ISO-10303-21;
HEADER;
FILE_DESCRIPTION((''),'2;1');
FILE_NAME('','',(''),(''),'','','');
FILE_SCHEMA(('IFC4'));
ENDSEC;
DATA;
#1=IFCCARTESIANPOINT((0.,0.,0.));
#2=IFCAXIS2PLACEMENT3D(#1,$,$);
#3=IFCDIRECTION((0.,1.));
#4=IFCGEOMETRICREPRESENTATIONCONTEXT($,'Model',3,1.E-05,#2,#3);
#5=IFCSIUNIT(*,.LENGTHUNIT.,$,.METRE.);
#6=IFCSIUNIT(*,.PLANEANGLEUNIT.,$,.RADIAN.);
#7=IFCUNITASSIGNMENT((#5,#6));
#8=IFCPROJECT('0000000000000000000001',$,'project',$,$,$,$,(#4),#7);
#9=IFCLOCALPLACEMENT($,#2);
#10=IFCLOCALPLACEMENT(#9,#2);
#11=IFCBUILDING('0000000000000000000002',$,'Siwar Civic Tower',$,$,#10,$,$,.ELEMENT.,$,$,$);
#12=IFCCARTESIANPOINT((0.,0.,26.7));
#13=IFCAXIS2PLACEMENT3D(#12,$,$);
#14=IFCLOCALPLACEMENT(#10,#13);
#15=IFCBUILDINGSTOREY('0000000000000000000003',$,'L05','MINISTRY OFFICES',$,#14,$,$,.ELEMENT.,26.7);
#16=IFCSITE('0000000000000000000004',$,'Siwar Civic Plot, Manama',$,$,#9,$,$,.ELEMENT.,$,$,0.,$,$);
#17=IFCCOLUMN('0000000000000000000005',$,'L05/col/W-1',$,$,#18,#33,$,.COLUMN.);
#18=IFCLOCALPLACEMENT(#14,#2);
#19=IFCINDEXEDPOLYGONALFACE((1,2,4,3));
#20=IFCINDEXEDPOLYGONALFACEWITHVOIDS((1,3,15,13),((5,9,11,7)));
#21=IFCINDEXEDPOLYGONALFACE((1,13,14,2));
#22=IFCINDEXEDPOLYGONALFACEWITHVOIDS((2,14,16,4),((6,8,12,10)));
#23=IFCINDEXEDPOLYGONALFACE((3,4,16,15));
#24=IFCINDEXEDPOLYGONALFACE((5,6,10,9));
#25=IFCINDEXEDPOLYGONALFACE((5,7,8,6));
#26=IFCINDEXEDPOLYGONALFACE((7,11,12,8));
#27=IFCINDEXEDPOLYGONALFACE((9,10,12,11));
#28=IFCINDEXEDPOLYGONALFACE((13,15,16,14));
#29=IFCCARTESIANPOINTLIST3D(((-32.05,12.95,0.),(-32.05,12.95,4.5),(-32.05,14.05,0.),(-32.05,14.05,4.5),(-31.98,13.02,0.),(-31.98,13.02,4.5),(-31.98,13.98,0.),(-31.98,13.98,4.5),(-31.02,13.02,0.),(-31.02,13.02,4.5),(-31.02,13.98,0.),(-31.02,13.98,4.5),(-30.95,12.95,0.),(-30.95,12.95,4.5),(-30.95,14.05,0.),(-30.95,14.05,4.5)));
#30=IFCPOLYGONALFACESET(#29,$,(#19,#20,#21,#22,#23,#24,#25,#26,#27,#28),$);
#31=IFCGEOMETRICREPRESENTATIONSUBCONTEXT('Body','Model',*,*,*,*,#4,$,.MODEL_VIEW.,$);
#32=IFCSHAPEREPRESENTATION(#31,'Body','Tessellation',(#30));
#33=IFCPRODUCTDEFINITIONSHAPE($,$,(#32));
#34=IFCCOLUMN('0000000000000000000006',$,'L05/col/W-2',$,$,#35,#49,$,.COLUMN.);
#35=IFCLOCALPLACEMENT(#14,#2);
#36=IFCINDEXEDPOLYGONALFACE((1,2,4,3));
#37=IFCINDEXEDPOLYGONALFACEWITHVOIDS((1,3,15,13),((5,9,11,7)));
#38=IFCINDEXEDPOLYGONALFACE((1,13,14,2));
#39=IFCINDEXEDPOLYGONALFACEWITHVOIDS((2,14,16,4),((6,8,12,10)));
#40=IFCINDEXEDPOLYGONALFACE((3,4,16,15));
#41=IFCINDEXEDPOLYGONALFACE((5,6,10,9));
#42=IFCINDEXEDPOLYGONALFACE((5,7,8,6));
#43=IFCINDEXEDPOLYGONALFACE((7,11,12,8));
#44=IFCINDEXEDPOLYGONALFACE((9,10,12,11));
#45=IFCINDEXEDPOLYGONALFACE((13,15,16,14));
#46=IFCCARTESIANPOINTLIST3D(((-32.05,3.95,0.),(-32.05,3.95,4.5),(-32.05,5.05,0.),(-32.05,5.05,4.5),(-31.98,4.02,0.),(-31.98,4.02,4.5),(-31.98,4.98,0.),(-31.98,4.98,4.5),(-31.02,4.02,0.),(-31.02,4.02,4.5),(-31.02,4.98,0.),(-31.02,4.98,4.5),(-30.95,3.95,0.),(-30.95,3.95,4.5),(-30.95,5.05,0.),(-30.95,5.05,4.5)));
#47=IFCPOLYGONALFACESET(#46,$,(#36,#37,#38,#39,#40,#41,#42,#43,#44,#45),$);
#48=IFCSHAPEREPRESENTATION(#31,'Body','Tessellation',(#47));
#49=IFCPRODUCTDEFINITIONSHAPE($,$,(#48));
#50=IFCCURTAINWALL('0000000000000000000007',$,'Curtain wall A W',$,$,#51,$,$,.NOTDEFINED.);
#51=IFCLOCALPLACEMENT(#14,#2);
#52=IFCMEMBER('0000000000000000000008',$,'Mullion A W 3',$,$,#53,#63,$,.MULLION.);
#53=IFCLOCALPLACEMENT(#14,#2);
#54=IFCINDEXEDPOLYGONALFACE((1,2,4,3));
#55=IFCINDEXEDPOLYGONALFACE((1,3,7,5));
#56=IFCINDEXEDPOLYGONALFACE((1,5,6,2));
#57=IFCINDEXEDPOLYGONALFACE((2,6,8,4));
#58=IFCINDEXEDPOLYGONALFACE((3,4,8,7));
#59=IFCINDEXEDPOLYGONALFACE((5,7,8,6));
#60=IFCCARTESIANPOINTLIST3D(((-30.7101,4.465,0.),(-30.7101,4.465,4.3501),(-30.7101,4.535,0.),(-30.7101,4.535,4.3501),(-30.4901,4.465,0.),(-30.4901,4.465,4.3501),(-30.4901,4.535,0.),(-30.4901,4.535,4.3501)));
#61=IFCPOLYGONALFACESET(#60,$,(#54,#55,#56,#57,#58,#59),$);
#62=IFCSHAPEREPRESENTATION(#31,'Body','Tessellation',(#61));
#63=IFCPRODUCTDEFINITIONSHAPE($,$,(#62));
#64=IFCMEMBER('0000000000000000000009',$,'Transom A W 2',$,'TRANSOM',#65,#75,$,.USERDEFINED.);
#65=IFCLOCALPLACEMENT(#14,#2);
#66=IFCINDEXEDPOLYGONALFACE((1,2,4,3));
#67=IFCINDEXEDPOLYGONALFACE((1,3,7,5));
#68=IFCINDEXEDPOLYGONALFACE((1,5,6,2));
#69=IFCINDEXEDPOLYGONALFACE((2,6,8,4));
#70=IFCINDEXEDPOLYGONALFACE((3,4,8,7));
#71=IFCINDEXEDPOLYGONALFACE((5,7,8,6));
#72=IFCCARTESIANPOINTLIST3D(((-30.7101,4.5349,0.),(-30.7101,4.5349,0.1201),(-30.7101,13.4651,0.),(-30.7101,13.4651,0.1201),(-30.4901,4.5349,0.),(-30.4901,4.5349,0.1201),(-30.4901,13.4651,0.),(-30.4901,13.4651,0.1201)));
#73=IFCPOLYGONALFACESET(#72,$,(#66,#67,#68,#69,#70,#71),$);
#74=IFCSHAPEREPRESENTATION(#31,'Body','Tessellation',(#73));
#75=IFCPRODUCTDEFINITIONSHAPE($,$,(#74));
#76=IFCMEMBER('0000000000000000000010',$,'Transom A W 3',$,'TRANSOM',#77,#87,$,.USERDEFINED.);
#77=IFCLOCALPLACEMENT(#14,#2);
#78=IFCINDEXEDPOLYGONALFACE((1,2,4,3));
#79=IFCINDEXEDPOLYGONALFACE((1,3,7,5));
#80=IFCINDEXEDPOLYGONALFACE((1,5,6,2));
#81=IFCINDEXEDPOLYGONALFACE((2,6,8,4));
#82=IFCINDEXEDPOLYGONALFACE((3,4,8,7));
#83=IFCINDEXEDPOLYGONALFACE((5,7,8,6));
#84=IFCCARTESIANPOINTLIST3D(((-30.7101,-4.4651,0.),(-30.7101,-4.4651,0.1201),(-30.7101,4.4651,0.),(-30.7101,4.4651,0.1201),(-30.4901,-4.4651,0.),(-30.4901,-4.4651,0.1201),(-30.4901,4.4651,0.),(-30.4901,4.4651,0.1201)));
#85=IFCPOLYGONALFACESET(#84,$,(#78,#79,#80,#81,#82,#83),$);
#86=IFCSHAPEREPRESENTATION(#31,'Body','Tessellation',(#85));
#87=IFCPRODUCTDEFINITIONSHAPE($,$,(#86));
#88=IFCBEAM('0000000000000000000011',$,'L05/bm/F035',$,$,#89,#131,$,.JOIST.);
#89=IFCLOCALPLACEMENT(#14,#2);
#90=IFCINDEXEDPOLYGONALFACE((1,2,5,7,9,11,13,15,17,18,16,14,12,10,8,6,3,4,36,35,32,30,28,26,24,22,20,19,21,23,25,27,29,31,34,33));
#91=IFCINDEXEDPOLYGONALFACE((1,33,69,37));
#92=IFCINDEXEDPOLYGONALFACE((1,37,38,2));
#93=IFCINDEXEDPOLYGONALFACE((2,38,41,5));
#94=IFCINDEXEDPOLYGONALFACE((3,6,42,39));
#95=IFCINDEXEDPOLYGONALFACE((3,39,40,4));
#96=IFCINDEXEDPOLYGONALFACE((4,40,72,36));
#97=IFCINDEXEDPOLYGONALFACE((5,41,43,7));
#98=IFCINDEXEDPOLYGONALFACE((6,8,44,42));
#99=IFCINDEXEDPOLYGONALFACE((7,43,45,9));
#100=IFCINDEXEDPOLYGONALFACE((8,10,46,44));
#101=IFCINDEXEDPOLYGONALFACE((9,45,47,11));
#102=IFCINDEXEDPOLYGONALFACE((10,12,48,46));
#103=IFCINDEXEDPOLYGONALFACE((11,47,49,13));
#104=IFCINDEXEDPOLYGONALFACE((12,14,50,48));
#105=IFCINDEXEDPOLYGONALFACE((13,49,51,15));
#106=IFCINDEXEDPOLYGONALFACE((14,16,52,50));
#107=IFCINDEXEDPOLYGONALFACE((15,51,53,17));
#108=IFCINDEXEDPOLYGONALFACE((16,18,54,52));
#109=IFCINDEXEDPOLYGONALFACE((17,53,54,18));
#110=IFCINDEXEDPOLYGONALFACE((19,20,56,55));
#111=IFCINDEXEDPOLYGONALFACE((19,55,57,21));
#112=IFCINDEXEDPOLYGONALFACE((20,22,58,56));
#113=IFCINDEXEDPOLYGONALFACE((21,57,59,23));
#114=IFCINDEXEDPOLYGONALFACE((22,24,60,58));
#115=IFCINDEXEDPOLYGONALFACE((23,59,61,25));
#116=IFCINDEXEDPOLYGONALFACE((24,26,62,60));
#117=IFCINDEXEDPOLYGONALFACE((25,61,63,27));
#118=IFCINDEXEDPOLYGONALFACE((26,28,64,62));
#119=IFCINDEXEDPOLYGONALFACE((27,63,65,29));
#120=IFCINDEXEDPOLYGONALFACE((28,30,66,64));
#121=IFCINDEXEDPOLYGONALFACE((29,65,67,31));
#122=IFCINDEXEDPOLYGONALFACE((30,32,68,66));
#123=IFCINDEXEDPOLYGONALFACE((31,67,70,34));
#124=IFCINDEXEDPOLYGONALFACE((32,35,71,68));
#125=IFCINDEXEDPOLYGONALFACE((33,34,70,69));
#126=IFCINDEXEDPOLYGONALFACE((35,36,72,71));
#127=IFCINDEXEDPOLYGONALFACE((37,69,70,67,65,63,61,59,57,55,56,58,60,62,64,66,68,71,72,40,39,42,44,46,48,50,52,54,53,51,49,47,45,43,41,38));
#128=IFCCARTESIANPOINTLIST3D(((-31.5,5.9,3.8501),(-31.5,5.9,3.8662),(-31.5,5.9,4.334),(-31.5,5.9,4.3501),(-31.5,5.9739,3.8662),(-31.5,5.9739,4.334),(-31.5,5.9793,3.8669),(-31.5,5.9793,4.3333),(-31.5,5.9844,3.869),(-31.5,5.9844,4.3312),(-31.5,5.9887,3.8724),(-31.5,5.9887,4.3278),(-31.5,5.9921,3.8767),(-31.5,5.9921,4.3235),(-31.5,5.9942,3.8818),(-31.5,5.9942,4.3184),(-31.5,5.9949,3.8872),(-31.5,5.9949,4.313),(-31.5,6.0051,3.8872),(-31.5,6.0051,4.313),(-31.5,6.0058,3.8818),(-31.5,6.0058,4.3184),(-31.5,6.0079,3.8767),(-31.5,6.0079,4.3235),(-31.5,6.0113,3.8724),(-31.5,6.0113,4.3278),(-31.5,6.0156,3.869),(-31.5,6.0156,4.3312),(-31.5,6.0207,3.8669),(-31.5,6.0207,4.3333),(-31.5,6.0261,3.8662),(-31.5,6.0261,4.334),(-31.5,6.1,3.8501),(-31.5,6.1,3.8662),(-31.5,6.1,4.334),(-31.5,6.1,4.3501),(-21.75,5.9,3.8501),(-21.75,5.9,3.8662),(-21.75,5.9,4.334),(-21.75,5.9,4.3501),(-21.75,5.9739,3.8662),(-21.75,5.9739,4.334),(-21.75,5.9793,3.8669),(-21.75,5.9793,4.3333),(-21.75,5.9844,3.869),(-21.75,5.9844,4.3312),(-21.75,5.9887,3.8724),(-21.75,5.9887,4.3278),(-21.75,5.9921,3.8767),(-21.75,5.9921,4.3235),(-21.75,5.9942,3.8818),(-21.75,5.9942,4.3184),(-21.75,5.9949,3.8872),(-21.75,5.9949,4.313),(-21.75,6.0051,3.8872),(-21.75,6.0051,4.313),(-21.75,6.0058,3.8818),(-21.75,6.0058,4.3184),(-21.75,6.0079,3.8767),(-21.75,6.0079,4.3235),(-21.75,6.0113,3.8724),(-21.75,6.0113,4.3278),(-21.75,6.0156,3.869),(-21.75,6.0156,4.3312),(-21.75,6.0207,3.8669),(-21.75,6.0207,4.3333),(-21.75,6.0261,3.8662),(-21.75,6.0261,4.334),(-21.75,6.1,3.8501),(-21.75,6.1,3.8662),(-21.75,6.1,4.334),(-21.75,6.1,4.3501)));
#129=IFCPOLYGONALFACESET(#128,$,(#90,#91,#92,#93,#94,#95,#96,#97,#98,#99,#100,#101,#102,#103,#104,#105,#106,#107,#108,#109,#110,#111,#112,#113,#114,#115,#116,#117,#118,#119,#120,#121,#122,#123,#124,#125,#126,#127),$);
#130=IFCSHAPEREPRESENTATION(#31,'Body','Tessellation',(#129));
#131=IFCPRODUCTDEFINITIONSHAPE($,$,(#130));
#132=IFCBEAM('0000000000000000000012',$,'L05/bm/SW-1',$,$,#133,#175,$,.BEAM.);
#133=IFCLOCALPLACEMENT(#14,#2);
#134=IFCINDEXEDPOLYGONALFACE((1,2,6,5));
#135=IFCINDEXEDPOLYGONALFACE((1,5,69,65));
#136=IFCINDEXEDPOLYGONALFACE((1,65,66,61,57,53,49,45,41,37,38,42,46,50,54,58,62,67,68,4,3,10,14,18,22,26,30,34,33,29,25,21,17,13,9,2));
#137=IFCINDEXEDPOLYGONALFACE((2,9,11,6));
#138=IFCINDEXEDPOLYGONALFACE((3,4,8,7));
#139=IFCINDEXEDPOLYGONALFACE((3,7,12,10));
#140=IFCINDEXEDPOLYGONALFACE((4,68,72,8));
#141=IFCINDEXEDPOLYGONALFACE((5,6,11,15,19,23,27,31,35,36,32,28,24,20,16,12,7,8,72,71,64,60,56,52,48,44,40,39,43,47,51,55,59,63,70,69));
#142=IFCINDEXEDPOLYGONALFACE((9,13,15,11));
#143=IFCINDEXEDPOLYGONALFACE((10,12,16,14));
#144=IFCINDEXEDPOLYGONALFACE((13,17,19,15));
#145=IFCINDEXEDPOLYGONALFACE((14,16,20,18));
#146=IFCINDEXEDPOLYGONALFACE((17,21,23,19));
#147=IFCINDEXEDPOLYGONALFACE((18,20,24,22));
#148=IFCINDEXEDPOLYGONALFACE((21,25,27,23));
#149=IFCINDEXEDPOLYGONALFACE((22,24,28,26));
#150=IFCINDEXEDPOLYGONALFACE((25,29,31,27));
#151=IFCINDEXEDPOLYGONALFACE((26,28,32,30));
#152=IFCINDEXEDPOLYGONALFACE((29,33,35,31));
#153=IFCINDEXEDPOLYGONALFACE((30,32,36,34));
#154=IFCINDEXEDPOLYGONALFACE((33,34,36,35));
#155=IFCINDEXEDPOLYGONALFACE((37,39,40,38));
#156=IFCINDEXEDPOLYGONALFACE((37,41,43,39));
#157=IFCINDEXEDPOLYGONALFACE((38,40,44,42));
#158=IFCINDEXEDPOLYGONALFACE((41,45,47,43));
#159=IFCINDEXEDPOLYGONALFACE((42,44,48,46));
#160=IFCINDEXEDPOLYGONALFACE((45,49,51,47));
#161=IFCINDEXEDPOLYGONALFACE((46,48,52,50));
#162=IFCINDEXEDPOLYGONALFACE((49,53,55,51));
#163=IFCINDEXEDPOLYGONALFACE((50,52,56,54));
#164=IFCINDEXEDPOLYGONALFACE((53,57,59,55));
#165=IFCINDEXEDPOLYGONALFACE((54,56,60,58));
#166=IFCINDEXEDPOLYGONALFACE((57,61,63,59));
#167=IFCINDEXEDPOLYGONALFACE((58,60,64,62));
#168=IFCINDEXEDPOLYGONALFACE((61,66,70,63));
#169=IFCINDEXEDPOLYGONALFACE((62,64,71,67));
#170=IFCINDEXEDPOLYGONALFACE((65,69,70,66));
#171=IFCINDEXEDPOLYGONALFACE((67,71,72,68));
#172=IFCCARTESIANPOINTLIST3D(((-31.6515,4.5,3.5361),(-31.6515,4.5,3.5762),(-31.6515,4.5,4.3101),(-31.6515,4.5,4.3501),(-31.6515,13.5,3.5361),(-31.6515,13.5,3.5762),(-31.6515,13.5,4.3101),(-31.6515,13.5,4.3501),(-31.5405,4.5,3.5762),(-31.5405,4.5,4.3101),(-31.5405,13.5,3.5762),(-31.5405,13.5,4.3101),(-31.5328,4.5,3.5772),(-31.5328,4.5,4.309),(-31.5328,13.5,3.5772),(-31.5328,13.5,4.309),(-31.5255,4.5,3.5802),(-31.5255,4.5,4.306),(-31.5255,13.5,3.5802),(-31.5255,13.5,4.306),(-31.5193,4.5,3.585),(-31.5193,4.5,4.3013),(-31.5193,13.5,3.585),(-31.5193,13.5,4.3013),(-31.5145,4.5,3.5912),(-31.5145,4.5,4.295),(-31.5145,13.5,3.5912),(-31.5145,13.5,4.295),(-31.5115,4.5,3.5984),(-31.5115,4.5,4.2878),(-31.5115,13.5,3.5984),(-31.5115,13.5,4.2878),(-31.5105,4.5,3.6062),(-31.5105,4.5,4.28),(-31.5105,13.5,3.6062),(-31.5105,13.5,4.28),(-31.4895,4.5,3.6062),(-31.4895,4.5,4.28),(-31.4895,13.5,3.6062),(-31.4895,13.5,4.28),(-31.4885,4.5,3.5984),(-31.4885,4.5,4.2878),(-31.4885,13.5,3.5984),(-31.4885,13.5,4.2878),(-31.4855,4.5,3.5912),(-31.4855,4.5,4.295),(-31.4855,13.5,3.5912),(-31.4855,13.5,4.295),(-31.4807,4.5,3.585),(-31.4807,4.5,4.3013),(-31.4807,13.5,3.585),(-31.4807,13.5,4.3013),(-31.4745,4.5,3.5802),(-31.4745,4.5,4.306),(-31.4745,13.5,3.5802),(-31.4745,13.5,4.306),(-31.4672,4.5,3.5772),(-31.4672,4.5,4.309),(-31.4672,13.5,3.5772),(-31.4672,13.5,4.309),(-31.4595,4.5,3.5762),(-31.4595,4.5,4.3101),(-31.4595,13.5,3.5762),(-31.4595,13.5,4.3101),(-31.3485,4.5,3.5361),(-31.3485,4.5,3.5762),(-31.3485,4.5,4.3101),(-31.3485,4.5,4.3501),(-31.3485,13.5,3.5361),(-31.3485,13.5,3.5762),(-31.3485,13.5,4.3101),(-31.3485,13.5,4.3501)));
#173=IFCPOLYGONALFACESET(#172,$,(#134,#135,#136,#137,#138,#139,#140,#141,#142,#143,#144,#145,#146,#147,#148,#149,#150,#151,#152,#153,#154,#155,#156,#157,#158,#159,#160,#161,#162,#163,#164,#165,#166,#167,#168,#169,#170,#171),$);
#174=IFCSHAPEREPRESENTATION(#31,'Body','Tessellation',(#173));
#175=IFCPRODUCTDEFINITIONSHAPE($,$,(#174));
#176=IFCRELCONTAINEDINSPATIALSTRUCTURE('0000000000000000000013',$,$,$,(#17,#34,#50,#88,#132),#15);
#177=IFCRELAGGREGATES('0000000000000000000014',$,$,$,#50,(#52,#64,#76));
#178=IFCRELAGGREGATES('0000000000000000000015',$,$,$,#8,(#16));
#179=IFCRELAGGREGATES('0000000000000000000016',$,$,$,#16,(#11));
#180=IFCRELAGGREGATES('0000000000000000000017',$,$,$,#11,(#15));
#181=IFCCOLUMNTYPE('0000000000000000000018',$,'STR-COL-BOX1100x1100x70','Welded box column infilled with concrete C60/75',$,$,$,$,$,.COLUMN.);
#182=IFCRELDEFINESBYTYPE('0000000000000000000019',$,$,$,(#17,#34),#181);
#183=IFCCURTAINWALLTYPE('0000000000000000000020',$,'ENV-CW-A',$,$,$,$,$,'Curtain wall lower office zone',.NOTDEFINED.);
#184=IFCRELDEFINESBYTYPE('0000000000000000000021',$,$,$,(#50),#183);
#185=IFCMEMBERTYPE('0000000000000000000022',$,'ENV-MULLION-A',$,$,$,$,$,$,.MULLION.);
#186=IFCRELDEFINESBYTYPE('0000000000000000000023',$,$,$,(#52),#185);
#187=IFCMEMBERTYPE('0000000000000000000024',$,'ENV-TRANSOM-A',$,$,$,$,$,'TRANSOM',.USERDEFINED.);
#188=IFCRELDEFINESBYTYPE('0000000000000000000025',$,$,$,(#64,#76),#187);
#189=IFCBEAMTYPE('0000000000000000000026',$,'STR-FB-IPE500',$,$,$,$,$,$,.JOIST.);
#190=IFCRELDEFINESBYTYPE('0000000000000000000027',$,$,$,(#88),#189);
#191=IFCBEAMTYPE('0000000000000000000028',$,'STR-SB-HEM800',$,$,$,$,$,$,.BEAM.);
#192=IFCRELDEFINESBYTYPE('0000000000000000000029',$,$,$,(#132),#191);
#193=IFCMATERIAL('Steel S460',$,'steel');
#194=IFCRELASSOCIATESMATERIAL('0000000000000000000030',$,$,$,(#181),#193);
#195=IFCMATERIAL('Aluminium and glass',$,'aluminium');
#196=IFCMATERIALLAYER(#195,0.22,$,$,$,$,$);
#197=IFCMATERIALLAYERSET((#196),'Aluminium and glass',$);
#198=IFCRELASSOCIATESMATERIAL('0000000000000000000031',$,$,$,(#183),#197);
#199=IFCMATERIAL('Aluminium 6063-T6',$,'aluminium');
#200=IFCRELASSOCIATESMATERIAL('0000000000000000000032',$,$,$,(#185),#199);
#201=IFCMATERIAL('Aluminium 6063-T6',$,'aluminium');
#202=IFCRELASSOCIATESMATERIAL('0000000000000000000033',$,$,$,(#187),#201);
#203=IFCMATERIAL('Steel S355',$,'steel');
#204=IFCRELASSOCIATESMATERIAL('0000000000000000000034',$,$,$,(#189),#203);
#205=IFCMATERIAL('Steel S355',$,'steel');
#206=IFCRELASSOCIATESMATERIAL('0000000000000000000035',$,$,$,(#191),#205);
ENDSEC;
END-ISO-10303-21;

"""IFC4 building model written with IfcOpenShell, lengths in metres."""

from ifc_helpers import new_model, si_unit, direction, frame, origin, origin_2d, place, context, subcontext, project, spatial, rectangle, hollow_rectangle, i_section, extrude, material, layer, layer_set, material_profile, profile_set, type_object, element, aggregate, save


model = new_model("IFC4")

# Units and contexts
model_context = context("Model", 3, precision=1e-05, world=origin(), true_north=direction((0.0, 1.0)))
body_context = subcontext(model_context, "Body", "Model", "MODEL_VIEW")
ifc_project = project(units=[si_unit("LENGTHUNIT", "METRE"), si_unit("PLANEANGLEUNIT", "RADIAN")], contexts=[model_context])

# Site, building, storey
site_placement = place(None, origin())
site = spatial("IfcSite", under=ifc_project, at=site_placement, Name="Siwar Civic Plot, Manama", CompositionType="ELEMENT", RefElevation=0.0)
building_placement = place(site_placement, origin())
building = spatial("IfcBuilding", under=site, at=building_placement, Name="Siwar Civic Tower", CompositionType="ELEMENT")
storey_placement = place(building_placement, frame((0.0, 0.0, 26.7)))
storey = spatial("IfcBuildingStorey", under=building, at=storey_placement, Name="L05", Description="MINISTRY OFFICES", CompositionType="ELEMENT", Elevation=26.7)

# Columns
ifc_material_1 = material(Name="Steel S460", Category="steel")
ifc_material_profile_1 = material_profile(ifc_material_1, hollow_rectangle(XDim=1.1001, YDim=1.1001, WallThickness=0.0701, at=origin_2d()), Name="BOX1100x1100x70")
ifc_profile_set_1 = profile_set([ifc_material_profile_1], Name="Steel S460")
column_type = type_object("IfcColumnType", Name="STR-COL-BOX1100x1100x70", Description="Welded box column infilled with concrete C60/75", PredefinedType="COLUMN", material=ifc_profile_set_1)
for number, where, z_axis, x_axis, name in (
    (1, (-31.5, 13.5, 0.0), (0.0, 0.0, 1.0), (1.0, 0.0, 0.0), "L05/col/W-1"),
    (2, (-31.5, 4.5, 0.0), (0.0, 0.0, 1.0), (1.0, 0.0, 0.0), "L05/col/W-2"),
):
    element("IfcColumn", number, at=place(storey_placement, frame(where, z_axis=z_axis, x_axis=x_axis)), inside=storey, type_object=column_type, Name=name, PredefinedType="COLUMN", context=body_context, shape_type="SweptSolid", body=[
        extrude(hollow_rectangle(XDim=1.1001, YDim=1.1001, WallThickness=0.0701, at=origin_2d()), origin(), (0.0, 0.0, 1.0), 4.5),
    ])

# Curtain wall, members
ifc_material_2 = material(Name="Aluminium and glass", Category="aluminium")
ifc_layer_1 = layer(ifc_material_2, 0.22)
ifc_layer_set_1 = layer_set([ifc_layer_1], Name="Aluminium and glass")
curtain_wall_type = type_object("IfcCurtainWallType", Name="ENV-CW-A", ElementType="Curtain wall lower office zone", PredefinedType="NOTDEFINED", material=ifc_layer_set_1)
curtain_wall_placement = place(storey_placement, origin())
curtain_wall = element("IfcCurtainWall", 3, at=curtain_wall_placement, inside=storey, type_object=curtain_wall_type, Name="Curtain wall A W", PredefinedType="NOTDEFINED")
ifc_material_3 = material(Name="Aluminium 6063-T6", Category="aluminium")
ifc_material_profile_2 = material_profile(ifc_material_3, rectangle(XDim=0.22, YDim=0.0701, at=origin_2d()), Name="AL 220x70")
ifc_profile_set_2 = profile_set([ifc_material_profile_2], Name="Aluminium 6063-T6")
member_type_1 = type_object("IfcMemberType", Name="ENV-MULLION-A", PredefinedType="MULLION", material=ifc_profile_set_2)
member_1_placement = place(storey_placement, frame((-30.6001, 4.5, 0.0), z_axis=(0.0, 0.0, 1.0), x_axis=(1.0, 0.0, 0.0)))
member_1 = element("IfcMember", 4, at=member_1_placement, type_object=member_type_1, Name="Mullion A W 3", PredefinedType="MULLION", context=body_context, shape_type="SweptSolid", body=[
    extrude(rectangle(XDim=0.22, YDim=0.0701, at=origin_2d()), origin(), (0.0, 0.0, 1.0), 4.3501),
])
ifc_material_4 = material(Name="Aluminium 6063-T6", Category="aluminium")
ifc_material_profile_3 = material_profile(ifc_material_4, rectangle(XDim=0.22, YDim=0.1201, at=origin_2d()), Name="AL 220x120")
ifc_profile_set_3 = profile_set([ifc_material_profile_3], Name="Aluminium 6063-T6")
member_type_2 = type_object("IfcMemberType", Name="ENV-TRANSOM-A", ElementType="TRANSOM", PredefinedType="USERDEFINED", material=ifc_profile_set_3)
member_2_placement = place(storey_placement, frame((-30.6001, 13.4651, 0.0601), z_axis=(0.0, -1.0, 0.0), x_axis=(1.0, 0.0, 0.0)))
member_2 = element("IfcMember", 5, at=member_2_placement, type_object=member_type_2, Name="Transom A W 2", ObjectType="TRANSOM", PredefinedType="USERDEFINED", context=body_context, shape_type="SweptSolid", body=[
    extrude(rectangle(XDim=0.22, YDim=0.1201, at=origin_2d()), origin(), (0.0, 0.0, 1.0), 8.9302),
])
member_3_placement = place(storey_placement, frame((-30.6001, 4.4651, 0.0601), z_axis=(0.0, -1.0, 0.0), x_axis=(1.0, 0.0, 0.0)))
member_3 = element("IfcMember", 6, at=member_3_placement, type_object=member_type_2, Name="Transom A W 3", ObjectType="TRANSOM", PredefinedType="USERDEFINED", context=body_context, shape_type="SweptSolid", body=[
    extrude(rectangle(XDim=0.22, YDim=0.1201, at=origin_2d()), origin(), (0.0, 0.0, 1.0), 8.9302),
])

# Beams
ifc_material_5 = material(Name="Steel S355", Category="steel")
ifc_material_profile_4 = material_profile(ifc_material_5, i_section(OverallWidth=0.2, OverallDepth=0.5, WebThickness=0.0103, FlangeThickness=0.0161, FilletRadius=0.021, at=origin_2d()), Name="IPE500")
ifc_profile_set_4 = profile_set([ifc_material_profile_4], Name="Steel S355")
beam_type_1 = type_object("IfcBeamType", Name="STR-FB-IPE500", PredefinedType="JOIST", material=ifc_profile_set_4)
beam_placement = place(storey_placement, frame((-31.5, 6.0, 4.1001), z_axis=(1.0, 0.0, 0.0), x_axis=(0.0, 1.0, 0.0)))
element("IfcBeam", 7, at=beam_placement, inside=storey, type_object=beam_type_1, Name="L05/bm/F035", PredefinedType="JOIST", context=body_context, shape_type="SweptSolid", body=[
    extrude(i_section(OverallWidth=0.2, OverallDepth=0.5, WebThickness=0.0103, FlangeThickness=0.0161, FilletRadius=0.021, at=origin_2d()), origin(), (0.0, 0.0, 1.0), 9.75),
])
ifc_material_6 = material(Name="Steel S355", Category="steel")
ifc_material_profile_5 = material_profile(ifc_material_6, i_section(OverallWidth=0.303, OverallDepth=0.814, WebThickness=0.021, FlangeThickness=0.04, FilletRadius=0.03, at=origin_2d()), Name="HEM800")
ifc_profile_set_5 = profile_set([ifc_material_profile_5], Name="Steel S355")
beam_type_2 = type_object("IfcBeamType", Name="STR-SB-HEM800", PredefinedType="BEAM", material=ifc_profile_set_5)
for number, where, z_axis, x_axis, name in (
    (8, (-31.5, 13.5, 3.9431), (0.0, -1.0, 0.0), (1.0, 0.0, 0.0), "L05/bm/SW-1"),
):
    element("IfcBeam", number, at=place(storey_placement, frame(where, z_axis=z_axis, x_axis=x_axis)), inside=storey, type_object=beam_type_2, Name=name, PredefinedType="BEAM", context=body_context, shape_type="SweptSolid", body=[
        extrude(i_section(OverallWidth=0.303, OverallDepth=0.814, WebThickness=0.021, FlangeThickness=0.04, FilletRadius=0.03, at=origin_2d()), origin(), (0.0, 0.0, 1.0), 9.0),
    ])

aggregate(curtain_wall, [member_1, member_2, member_3])

save(model, "model.ifc")
